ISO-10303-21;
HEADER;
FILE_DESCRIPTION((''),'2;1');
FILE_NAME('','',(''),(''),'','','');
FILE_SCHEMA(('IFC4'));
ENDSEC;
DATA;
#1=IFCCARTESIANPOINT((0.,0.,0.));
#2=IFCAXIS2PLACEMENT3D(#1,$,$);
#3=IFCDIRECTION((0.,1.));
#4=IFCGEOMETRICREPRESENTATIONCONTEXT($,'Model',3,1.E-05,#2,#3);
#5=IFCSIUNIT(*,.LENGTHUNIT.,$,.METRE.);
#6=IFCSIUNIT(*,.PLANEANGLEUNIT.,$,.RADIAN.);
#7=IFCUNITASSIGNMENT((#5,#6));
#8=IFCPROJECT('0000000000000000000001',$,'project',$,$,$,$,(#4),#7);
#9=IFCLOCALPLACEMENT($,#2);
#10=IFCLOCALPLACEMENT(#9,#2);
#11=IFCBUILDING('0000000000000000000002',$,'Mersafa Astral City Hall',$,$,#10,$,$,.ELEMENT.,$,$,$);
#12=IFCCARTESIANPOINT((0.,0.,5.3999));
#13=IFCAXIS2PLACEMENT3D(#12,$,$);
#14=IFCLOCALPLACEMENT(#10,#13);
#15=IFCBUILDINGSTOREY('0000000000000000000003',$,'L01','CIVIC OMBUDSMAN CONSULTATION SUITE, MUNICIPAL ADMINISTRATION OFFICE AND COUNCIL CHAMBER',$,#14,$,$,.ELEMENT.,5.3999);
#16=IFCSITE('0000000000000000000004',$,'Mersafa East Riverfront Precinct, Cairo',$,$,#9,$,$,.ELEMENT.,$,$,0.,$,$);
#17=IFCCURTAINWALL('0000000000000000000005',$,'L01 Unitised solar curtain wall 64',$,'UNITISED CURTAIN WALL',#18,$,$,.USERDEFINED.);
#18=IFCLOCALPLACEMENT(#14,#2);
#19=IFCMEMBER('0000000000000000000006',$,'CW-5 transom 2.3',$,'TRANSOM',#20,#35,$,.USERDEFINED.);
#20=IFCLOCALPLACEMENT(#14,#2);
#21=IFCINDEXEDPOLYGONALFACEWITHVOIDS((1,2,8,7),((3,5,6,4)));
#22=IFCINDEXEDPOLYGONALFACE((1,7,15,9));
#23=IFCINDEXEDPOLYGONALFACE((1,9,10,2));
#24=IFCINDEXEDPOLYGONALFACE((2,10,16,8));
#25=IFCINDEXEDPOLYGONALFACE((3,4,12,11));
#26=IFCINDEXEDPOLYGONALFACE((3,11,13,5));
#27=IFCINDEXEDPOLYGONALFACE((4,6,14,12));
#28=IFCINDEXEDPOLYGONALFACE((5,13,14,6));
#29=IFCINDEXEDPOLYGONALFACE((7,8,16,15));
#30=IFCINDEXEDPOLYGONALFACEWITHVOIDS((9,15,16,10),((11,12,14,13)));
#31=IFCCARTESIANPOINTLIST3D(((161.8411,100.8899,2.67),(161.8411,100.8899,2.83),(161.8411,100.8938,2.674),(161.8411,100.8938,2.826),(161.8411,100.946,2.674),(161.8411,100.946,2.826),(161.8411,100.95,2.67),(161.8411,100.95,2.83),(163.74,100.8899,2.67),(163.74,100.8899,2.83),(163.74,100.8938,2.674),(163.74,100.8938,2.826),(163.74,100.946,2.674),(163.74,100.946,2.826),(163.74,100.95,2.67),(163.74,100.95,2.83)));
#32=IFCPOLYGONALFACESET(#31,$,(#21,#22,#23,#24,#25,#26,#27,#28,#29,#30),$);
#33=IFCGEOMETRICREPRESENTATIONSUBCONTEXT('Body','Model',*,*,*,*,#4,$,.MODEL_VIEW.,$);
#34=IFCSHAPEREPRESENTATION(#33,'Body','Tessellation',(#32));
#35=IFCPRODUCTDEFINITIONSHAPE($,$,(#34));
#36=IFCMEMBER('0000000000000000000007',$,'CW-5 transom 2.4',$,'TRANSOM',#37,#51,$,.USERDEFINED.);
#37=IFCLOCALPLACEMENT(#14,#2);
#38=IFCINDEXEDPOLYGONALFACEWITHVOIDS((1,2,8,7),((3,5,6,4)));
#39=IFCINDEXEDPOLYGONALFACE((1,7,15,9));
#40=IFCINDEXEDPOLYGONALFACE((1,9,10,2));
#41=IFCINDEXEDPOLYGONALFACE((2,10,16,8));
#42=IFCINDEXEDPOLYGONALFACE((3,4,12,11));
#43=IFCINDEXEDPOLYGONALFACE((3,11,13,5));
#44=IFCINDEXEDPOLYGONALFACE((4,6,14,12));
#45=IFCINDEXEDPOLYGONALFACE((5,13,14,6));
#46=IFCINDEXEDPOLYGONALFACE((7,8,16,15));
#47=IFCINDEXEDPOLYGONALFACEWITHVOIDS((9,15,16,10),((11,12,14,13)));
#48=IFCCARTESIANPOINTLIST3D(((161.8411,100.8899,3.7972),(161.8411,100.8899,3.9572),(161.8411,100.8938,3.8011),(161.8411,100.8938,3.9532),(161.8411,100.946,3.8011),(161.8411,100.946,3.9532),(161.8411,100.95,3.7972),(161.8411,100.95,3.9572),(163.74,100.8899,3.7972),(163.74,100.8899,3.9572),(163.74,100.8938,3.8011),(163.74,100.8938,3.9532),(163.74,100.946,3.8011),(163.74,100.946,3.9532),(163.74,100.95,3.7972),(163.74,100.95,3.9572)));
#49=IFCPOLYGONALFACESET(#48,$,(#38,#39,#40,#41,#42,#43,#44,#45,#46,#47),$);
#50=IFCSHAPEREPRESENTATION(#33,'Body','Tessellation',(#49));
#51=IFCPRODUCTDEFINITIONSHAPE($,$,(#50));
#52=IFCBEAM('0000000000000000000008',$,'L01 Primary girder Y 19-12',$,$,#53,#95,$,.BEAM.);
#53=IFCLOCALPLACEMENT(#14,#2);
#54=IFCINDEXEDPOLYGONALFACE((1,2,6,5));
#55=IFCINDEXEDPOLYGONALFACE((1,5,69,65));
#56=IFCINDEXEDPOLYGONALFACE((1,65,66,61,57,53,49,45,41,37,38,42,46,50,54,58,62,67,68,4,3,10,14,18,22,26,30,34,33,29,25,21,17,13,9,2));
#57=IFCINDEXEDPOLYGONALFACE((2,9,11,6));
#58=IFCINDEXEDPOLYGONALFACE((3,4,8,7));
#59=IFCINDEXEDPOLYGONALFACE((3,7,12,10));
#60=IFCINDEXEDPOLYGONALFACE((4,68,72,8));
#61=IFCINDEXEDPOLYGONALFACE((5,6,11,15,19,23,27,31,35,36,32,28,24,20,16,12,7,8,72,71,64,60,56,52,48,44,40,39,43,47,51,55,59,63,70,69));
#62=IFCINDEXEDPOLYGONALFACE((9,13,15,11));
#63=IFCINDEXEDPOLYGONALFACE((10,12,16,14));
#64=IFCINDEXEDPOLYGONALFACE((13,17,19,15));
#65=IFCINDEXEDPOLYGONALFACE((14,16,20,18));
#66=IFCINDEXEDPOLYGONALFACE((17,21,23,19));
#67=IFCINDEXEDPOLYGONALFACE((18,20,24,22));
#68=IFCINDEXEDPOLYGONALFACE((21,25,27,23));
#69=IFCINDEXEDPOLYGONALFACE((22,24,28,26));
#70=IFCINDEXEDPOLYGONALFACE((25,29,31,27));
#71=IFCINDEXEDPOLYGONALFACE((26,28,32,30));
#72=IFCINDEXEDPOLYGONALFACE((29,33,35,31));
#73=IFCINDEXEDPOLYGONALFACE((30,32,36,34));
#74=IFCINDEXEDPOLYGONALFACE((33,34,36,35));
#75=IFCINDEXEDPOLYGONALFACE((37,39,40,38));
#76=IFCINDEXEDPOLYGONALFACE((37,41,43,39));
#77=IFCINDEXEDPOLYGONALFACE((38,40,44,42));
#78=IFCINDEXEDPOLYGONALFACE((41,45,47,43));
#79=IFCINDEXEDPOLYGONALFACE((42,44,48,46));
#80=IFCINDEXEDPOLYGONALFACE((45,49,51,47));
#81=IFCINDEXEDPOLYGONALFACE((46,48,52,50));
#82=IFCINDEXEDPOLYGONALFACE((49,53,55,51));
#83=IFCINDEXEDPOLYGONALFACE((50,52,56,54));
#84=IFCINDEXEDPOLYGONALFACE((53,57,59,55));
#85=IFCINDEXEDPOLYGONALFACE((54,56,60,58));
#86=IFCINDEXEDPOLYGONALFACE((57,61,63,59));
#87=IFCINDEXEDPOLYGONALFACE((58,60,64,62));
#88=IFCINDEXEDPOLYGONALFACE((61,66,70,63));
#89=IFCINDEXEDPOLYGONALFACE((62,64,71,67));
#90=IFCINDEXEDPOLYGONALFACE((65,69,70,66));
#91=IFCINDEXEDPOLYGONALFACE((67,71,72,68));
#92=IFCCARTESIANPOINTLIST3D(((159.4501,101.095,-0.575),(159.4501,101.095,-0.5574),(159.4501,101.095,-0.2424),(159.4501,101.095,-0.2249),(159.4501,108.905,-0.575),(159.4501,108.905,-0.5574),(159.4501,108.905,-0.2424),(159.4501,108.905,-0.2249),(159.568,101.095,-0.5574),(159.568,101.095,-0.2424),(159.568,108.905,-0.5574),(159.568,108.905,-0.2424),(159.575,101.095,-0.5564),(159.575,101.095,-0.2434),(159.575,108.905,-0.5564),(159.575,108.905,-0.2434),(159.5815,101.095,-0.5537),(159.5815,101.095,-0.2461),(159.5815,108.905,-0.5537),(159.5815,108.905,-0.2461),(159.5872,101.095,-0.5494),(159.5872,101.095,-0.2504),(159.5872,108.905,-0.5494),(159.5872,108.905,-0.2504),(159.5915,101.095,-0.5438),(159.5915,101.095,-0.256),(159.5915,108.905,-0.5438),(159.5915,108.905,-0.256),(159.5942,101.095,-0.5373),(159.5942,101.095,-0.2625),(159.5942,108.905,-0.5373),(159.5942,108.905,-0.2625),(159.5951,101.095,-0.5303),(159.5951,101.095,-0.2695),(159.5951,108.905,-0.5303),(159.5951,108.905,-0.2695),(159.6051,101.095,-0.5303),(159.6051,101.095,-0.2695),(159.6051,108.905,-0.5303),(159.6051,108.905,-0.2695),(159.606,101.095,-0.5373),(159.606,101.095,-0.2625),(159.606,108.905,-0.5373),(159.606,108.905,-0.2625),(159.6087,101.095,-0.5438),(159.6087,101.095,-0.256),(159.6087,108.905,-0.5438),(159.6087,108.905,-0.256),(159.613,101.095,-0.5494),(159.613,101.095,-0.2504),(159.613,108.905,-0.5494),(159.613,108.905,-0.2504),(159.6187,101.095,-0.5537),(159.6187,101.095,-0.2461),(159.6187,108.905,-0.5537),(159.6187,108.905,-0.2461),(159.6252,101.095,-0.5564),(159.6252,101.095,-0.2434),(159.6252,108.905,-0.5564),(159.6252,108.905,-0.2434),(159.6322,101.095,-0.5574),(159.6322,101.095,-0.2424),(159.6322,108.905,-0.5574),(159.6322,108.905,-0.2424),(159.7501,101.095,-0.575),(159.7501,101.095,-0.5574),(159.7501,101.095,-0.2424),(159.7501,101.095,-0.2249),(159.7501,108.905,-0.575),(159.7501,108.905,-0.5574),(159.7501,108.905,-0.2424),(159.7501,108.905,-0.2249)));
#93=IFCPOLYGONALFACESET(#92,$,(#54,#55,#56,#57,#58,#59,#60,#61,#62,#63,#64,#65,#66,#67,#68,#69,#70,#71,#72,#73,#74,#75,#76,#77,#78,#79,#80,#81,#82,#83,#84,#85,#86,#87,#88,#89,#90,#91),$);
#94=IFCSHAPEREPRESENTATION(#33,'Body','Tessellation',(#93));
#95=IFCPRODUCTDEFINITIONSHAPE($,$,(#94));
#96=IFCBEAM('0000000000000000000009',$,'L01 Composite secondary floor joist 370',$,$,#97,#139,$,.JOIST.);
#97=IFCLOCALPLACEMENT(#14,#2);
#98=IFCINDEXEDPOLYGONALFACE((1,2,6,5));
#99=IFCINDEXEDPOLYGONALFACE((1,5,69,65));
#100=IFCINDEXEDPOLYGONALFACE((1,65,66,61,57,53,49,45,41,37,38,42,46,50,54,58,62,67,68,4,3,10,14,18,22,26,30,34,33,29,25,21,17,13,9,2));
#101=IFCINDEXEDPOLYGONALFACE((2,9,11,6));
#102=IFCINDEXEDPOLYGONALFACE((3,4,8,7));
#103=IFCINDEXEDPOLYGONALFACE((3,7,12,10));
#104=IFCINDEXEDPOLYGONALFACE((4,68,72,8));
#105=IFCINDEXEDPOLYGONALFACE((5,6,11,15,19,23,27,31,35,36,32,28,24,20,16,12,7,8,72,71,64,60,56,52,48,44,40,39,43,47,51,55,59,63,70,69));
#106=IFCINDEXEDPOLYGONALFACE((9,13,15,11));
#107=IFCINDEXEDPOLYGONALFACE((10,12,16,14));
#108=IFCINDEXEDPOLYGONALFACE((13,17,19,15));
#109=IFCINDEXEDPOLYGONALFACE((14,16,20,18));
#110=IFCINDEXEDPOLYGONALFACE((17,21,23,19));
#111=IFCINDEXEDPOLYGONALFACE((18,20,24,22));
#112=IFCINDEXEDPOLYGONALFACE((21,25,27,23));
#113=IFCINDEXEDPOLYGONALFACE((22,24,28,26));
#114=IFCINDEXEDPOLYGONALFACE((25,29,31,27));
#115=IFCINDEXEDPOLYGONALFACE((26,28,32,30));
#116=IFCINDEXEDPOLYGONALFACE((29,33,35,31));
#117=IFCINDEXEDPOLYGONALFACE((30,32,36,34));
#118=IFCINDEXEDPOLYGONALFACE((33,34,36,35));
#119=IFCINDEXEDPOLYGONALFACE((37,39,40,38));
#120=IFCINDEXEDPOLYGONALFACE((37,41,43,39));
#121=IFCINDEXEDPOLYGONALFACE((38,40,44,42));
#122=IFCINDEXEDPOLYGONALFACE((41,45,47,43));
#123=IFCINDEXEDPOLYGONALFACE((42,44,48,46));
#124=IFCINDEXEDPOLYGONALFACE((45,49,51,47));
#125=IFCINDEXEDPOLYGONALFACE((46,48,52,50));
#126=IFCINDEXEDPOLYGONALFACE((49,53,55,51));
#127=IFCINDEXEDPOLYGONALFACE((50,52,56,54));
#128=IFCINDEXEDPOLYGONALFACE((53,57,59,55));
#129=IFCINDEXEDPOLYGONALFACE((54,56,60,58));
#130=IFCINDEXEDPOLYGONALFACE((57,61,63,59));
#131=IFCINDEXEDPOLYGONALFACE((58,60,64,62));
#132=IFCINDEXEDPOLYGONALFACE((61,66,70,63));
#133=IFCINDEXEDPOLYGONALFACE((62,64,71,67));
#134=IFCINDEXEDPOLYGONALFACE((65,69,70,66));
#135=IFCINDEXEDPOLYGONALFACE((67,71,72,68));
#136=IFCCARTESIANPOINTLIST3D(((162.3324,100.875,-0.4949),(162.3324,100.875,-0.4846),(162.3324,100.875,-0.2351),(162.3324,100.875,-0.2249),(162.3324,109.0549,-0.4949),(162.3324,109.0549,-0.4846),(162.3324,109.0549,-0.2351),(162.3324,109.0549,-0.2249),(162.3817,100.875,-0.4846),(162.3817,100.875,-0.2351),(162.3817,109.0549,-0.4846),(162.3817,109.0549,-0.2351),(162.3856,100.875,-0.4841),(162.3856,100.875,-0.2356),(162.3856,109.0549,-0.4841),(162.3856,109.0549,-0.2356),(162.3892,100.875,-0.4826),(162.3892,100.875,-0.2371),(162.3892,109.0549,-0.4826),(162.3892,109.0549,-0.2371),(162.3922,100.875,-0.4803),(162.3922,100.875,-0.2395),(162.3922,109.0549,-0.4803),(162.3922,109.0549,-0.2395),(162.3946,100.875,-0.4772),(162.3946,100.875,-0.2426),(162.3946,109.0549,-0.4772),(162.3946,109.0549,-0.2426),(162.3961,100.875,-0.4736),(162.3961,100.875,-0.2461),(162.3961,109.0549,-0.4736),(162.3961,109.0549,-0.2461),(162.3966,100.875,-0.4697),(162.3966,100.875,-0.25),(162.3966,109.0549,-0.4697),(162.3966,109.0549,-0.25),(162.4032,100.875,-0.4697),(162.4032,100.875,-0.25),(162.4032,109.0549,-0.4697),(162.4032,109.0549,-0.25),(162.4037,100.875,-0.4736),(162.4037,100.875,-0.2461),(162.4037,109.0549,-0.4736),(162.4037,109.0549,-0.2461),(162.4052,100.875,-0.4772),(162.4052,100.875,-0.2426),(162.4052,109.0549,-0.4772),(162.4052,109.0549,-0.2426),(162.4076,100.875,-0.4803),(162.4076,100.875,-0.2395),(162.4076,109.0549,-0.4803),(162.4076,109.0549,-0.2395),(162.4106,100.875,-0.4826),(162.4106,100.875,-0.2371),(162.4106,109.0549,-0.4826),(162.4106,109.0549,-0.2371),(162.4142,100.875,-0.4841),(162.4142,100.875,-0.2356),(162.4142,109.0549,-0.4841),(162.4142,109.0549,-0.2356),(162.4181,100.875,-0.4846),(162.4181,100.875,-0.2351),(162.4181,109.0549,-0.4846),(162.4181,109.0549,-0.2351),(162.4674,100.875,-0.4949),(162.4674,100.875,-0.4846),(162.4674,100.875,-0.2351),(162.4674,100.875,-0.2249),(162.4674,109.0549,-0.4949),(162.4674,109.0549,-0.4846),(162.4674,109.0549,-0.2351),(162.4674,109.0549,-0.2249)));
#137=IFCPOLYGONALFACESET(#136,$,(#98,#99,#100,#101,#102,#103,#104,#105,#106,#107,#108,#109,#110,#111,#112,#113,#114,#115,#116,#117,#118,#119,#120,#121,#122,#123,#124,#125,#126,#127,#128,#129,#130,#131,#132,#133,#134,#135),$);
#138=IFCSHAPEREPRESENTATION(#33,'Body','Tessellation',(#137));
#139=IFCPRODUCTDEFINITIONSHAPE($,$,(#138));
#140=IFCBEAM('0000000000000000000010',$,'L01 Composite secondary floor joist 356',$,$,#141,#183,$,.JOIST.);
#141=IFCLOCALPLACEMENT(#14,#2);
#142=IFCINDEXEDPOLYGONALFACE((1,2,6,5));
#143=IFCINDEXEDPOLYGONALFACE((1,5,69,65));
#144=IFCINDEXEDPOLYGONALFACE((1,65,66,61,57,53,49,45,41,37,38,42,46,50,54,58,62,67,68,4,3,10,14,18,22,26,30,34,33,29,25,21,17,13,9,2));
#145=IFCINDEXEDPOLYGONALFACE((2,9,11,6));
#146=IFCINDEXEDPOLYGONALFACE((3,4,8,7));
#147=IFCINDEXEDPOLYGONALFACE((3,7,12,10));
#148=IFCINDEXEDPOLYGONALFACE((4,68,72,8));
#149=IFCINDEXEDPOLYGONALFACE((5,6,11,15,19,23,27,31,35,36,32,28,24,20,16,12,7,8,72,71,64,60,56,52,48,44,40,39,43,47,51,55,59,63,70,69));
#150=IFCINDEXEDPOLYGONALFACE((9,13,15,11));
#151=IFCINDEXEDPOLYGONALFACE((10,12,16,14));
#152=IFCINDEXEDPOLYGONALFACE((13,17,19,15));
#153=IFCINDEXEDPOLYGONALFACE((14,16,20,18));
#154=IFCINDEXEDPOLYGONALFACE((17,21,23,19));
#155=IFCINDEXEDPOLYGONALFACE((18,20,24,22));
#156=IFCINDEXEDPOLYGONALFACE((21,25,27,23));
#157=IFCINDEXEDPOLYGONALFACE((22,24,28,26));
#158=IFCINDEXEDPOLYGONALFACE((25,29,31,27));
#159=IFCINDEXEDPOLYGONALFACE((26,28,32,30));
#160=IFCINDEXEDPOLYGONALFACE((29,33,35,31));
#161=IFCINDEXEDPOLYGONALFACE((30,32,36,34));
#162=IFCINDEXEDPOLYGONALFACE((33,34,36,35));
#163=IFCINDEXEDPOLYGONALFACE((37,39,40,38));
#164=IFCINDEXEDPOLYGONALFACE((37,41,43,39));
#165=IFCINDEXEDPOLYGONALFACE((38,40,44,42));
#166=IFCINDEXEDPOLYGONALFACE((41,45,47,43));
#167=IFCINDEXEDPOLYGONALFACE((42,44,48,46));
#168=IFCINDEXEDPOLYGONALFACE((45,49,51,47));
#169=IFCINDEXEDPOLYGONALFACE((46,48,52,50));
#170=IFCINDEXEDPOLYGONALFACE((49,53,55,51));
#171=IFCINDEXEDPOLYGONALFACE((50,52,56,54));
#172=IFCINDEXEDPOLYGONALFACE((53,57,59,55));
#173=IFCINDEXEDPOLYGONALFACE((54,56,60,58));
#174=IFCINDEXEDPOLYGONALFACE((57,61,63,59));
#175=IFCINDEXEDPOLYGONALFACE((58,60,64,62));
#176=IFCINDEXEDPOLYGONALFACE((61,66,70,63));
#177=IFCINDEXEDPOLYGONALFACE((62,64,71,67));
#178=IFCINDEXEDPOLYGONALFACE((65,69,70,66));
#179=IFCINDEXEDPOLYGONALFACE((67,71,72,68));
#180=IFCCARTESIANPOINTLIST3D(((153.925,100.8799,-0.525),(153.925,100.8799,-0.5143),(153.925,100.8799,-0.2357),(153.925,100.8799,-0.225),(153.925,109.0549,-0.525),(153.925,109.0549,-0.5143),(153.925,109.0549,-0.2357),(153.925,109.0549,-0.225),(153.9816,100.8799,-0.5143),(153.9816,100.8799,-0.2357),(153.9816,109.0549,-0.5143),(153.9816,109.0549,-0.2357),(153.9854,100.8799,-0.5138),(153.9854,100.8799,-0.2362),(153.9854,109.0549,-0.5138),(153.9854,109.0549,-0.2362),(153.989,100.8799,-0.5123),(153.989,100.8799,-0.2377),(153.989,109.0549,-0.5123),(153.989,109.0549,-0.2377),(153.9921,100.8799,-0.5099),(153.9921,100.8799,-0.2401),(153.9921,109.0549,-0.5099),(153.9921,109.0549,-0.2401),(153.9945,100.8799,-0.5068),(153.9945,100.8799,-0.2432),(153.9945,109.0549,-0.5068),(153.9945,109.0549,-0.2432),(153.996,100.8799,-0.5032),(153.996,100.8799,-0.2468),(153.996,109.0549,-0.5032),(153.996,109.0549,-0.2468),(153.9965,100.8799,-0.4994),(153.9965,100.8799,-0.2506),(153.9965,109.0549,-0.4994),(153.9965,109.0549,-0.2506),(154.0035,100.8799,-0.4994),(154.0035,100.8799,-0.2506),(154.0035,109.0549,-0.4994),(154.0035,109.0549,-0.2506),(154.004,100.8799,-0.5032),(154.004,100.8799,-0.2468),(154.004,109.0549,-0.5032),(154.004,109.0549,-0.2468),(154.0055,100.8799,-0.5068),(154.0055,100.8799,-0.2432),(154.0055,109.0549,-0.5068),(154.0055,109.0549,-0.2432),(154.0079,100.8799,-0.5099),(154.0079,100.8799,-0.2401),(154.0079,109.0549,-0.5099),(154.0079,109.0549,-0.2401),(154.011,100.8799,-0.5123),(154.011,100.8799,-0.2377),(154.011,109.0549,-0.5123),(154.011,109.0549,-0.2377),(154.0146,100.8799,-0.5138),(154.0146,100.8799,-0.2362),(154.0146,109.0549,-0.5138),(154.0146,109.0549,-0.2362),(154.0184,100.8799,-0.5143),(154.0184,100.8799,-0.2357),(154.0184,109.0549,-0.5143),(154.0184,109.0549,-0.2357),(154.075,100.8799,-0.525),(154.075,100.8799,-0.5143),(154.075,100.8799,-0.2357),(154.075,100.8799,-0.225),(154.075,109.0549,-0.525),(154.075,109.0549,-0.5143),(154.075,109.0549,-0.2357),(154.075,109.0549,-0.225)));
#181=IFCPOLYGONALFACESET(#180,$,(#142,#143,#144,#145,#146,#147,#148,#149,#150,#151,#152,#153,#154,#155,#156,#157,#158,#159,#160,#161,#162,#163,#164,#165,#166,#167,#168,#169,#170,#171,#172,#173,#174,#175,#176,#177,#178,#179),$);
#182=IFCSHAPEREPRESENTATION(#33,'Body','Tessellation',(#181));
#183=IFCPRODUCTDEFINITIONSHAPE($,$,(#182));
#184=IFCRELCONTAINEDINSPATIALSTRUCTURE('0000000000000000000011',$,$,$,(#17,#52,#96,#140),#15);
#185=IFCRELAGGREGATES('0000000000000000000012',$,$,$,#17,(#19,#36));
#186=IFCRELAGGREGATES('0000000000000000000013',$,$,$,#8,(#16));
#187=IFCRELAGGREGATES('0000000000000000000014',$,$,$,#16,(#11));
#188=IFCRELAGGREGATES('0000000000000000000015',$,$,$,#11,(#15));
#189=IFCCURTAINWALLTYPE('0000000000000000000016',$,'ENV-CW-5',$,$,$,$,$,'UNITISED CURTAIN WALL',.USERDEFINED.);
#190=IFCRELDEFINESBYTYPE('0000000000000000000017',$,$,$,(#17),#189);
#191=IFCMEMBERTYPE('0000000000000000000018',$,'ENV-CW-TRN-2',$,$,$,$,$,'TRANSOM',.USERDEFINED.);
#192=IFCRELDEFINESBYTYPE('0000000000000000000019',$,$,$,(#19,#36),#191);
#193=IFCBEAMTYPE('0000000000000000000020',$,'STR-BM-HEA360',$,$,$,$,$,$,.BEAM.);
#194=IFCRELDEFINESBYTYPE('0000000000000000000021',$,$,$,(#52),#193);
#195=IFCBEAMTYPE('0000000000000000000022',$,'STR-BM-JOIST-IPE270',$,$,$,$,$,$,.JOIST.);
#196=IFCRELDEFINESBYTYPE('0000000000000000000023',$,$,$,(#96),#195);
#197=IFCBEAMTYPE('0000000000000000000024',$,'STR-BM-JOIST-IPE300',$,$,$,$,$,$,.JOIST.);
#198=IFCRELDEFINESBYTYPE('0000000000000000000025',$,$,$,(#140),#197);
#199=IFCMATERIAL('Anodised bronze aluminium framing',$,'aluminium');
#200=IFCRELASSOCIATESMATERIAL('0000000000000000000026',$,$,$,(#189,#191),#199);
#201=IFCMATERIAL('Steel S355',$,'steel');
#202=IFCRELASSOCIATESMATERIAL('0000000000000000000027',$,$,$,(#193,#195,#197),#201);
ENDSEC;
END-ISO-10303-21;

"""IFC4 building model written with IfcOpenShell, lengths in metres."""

from ifc_helpers import new_model, si_unit, direction, frame, origin, origin_2d, place, context, subcontext, project, spatial, hollow_rectangle, i_section, extrude, material, material_profile, profile_set, type_object, element, aggregate, save


model = new_model("IFC4")

# Units and contexts
model_context = context("Model", 3, precision=1e-05, world=origin(), true_north=direction((0.0, 1.0)))
body_context = subcontext(model_context, "Body", "Model", "MODEL_VIEW")
ifc_project = project(units=[si_unit("LENGTHUNIT", "METRE"), si_unit("PLANEANGLEUNIT", "RADIAN")], contexts=[model_context])

# Site, building, storey
site_placement = place(None, origin())
site = spatial("IfcSite", under=ifc_project, at=site_placement, Name="Mersafa East Riverfront Precinct, Cairo", CompositionType="ELEMENT", RefElevation=0.0)
building_placement = place(site_placement, origin())
building = spatial("IfcBuilding", under=site, at=building_placement, Name="Mersafa Astral City Hall", CompositionType="ELEMENT")
storey_placement = place(building_placement, frame((0.0, 0.0, 5.3999)))
storey = spatial("IfcBuildingStorey", under=building, at=storey_placement, Name="L01", Description="CIVIC OMBUDSMAN CONSULTATION SUITE, MUNICIPAL ADMINISTRATION OFFICE AND COUNCIL CHAMBER", CompositionType="ELEMENT", Elevation=5.3999)

# Shared definitions
ifc_material_1 = material(Name="Steel S355", Category="steel")

# Curtain wall, members
ifc_material_2 = material(Name="Anodised bronze aluminium framing", Category="aluminium")
curtain_wall_type = type_object("IfcCurtainWallType", Name="ENV-CW-5", ElementType="UNITISED CURTAIN WALL", PredefinedType="USERDEFINED", material=ifc_material_2)
curtain_wall_placement = place(storey_placement, origin())
curtain_wall = element("IfcCurtainWall", 1, at=curtain_wall_placement, inside=storey, type_object=curtain_wall_type, Name="L01 Unitised solar curtain wall 64", ObjectType="UNITISED CURTAIN WALL", PredefinedType="USERDEFINED")
ifc_material_profile_1 = material_profile(ifc_material_2, hollow_rectangle(XDim=0.0601, YDim=0.1599, WallThickness=0.0039, at=origin_2d()), Name="RHS 60x160x4")
ifc_profile_set_1 = profile_set([ifc_material_profile_1], Name="Anodised bronze aluminium framing")
member_type_1 = type_object("IfcMemberType", Name="ENV-CW-TRN-2", ElementType="TRANSOM", PredefinedType="USERDEFINED", material=ifc_profile_set_1)
member_1_placement = place(storey_placement, frame((161.8411, 100.9199, 2.75), z_axis=(1.0, 0.0, 0.0), x_axis=(0.0, 1.0, 0.0)))
member_1 = element("IfcMember", 2, at=member_1_placement, type_object=member_type_1, Name="CW-5 transom 2.3", ObjectType="TRANSOM", PredefinedType="USERDEFINED", context=body_context, shape_type="SweptSolid", body=[
    extrude(hollow_rectangle(XDim=0.0601, YDim=0.1599, WallThickness=0.0039, at=origin_2d()), origin(), (0.0, 0.0, 1.0), 1.8989),
])
member_2_placement = place(storey_placement, frame((161.8411, 100.9199, 3.8772), z_axis=(1.0, 0.0, 0.0), x_axis=(0.0, 1.0, 0.0)))
member_2 = element("IfcMember", 3, at=member_2_placement, type_object=member_type_1, Name="CW-5 transom 2.4", ObjectType="TRANSOM", PredefinedType="USERDEFINED", context=body_context, shape_type="SweptSolid", body=[
    extrude(hollow_rectangle(XDim=0.0601, YDim=0.1599, WallThickness=0.0039, at=origin_2d()), origin(), (0.0, 0.0, 1.0), 1.8989),
])

# Beams
ifc_material_profile_2 = material_profile(ifc_material_1, i_section(OverallWidth=0.3, OverallDepth=0.3501, WebThickness=0.01, FlangeThickness=0.0176, FilletRadius=0.0271, at=origin_2d()), Name="HEA 360")
ifc_profile_set_2 = profile_set([ifc_material_profile_2], Name="Steel S355")
beam_type_1 = type_object("IfcBeamType", Name="STR-BM-HEA360", PredefinedType="BEAM", material=ifc_profile_set_2)
beam_1_placement = place(storey_placement, frame((159.6001, 101.095, -0.3999), z_axis=(0.0, 1.0, 0.0), x_axis=(-1.0, 0.0, 0.0)))
element("IfcBeam", 4, at=beam_1_placement, inside=storey, type_object=beam_type_1, Name="L01 Primary girder Y 19-12", PredefinedType="BEAM", context=body_context, shape_type="SweptSolid", body=[
    extrude(i_section(OverallWidth=0.3, OverallDepth=0.3501, WebThickness=0.01, FlangeThickness=0.0176, FilletRadius=0.0271, at=origin_2d()), origin(), (0.0, 0.0, 1.0), 7.8101),
])
ifc_material_profile_3 = material_profile(ifc_material_1, i_section(OverallWidth=0.135, OverallDepth=0.27, WebThickness=0.0066, FlangeThickness=0.0103, FilletRadius=0.0149, at=origin_2d()), Name="IPE 270")
ifc_profile_set_3 = profile_set([ifc_material_profile_3], Name="Steel S355")
beam_type_2 = type_object("IfcBeamType", Name="STR-BM-JOIST-IPE270", PredefinedType="JOIST", material=ifc_profile_set_3)
beam_2_placement = place(storey_placement, frame((162.3999, 100.875, -0.3599), z_axis=(0.0, 1.0, 0.0), x_axis=(-1.0, 0.0, 0.0)))
element("IfcBeam", 5, at=beam_2_placement, inside=storey, type_object=beam_type_2, Name="L01 Composite secondary floor joist 370", PredefinedType="JOIST", context=body_context, shape_type="SweptSolid", body=[
    extrude(i_section(OverallWidth=0.135, OverallDepth=0.27, WebThickness=0.0066, FlangeThickness=0.0103, FilletRadius=0.0149, at=origin_2d()), origin(), (0.0, 0.0, 1.0), 8.1799),
])
ifc_material_profile_4 = material_profile(ifc_material_1, i_section(OverallWidth=0.1499, OverallDepth=0.3, WebThickness=0.0071, FlangeThickness=0.0107, FilletRadius=0.0149, at=origin_2d()), Name="IPE 300")
ifc_profile_set_4 = profile_set([ifc_material_profile_4], Name="Steel S355")
beam_type_3 = type_object("IfcBeamType", Name="STR-BM-JOIST-IPE300", PredefinedType="JOIST", material=ifc_profile_set_4)
for number, where, z_axis, x_axis, name in (
    (6, (154.0, 100.8799, -0.375), (0.0, 1.0, 0.0), (-1.0, 0.0, 0.0), "L01 Composite secondary floor joist 356"),
):
    element("IfcBeam", number, at=place(storey_placement, frame(where, z_axis=z_axis, x_axis=x_axis)), inside=storey, type_object=beam_type_3, Name=name, PredefinedType="JOIST", context=body_context, shape_type="SweptSolid", body=[
        extrude(i_section(OverallWidth=0.1499, OverallDepth=0.3, WebThickness=0.0071, FlangeThickness=0.0107, FilletRadius=0.0149, at=origin_2d()), origin(), (0.0, 0.0, 1.0), 8.175),
    ])

aggregate(curtain_wall, [member_1, member_2])

save(model, "model.ifc")
